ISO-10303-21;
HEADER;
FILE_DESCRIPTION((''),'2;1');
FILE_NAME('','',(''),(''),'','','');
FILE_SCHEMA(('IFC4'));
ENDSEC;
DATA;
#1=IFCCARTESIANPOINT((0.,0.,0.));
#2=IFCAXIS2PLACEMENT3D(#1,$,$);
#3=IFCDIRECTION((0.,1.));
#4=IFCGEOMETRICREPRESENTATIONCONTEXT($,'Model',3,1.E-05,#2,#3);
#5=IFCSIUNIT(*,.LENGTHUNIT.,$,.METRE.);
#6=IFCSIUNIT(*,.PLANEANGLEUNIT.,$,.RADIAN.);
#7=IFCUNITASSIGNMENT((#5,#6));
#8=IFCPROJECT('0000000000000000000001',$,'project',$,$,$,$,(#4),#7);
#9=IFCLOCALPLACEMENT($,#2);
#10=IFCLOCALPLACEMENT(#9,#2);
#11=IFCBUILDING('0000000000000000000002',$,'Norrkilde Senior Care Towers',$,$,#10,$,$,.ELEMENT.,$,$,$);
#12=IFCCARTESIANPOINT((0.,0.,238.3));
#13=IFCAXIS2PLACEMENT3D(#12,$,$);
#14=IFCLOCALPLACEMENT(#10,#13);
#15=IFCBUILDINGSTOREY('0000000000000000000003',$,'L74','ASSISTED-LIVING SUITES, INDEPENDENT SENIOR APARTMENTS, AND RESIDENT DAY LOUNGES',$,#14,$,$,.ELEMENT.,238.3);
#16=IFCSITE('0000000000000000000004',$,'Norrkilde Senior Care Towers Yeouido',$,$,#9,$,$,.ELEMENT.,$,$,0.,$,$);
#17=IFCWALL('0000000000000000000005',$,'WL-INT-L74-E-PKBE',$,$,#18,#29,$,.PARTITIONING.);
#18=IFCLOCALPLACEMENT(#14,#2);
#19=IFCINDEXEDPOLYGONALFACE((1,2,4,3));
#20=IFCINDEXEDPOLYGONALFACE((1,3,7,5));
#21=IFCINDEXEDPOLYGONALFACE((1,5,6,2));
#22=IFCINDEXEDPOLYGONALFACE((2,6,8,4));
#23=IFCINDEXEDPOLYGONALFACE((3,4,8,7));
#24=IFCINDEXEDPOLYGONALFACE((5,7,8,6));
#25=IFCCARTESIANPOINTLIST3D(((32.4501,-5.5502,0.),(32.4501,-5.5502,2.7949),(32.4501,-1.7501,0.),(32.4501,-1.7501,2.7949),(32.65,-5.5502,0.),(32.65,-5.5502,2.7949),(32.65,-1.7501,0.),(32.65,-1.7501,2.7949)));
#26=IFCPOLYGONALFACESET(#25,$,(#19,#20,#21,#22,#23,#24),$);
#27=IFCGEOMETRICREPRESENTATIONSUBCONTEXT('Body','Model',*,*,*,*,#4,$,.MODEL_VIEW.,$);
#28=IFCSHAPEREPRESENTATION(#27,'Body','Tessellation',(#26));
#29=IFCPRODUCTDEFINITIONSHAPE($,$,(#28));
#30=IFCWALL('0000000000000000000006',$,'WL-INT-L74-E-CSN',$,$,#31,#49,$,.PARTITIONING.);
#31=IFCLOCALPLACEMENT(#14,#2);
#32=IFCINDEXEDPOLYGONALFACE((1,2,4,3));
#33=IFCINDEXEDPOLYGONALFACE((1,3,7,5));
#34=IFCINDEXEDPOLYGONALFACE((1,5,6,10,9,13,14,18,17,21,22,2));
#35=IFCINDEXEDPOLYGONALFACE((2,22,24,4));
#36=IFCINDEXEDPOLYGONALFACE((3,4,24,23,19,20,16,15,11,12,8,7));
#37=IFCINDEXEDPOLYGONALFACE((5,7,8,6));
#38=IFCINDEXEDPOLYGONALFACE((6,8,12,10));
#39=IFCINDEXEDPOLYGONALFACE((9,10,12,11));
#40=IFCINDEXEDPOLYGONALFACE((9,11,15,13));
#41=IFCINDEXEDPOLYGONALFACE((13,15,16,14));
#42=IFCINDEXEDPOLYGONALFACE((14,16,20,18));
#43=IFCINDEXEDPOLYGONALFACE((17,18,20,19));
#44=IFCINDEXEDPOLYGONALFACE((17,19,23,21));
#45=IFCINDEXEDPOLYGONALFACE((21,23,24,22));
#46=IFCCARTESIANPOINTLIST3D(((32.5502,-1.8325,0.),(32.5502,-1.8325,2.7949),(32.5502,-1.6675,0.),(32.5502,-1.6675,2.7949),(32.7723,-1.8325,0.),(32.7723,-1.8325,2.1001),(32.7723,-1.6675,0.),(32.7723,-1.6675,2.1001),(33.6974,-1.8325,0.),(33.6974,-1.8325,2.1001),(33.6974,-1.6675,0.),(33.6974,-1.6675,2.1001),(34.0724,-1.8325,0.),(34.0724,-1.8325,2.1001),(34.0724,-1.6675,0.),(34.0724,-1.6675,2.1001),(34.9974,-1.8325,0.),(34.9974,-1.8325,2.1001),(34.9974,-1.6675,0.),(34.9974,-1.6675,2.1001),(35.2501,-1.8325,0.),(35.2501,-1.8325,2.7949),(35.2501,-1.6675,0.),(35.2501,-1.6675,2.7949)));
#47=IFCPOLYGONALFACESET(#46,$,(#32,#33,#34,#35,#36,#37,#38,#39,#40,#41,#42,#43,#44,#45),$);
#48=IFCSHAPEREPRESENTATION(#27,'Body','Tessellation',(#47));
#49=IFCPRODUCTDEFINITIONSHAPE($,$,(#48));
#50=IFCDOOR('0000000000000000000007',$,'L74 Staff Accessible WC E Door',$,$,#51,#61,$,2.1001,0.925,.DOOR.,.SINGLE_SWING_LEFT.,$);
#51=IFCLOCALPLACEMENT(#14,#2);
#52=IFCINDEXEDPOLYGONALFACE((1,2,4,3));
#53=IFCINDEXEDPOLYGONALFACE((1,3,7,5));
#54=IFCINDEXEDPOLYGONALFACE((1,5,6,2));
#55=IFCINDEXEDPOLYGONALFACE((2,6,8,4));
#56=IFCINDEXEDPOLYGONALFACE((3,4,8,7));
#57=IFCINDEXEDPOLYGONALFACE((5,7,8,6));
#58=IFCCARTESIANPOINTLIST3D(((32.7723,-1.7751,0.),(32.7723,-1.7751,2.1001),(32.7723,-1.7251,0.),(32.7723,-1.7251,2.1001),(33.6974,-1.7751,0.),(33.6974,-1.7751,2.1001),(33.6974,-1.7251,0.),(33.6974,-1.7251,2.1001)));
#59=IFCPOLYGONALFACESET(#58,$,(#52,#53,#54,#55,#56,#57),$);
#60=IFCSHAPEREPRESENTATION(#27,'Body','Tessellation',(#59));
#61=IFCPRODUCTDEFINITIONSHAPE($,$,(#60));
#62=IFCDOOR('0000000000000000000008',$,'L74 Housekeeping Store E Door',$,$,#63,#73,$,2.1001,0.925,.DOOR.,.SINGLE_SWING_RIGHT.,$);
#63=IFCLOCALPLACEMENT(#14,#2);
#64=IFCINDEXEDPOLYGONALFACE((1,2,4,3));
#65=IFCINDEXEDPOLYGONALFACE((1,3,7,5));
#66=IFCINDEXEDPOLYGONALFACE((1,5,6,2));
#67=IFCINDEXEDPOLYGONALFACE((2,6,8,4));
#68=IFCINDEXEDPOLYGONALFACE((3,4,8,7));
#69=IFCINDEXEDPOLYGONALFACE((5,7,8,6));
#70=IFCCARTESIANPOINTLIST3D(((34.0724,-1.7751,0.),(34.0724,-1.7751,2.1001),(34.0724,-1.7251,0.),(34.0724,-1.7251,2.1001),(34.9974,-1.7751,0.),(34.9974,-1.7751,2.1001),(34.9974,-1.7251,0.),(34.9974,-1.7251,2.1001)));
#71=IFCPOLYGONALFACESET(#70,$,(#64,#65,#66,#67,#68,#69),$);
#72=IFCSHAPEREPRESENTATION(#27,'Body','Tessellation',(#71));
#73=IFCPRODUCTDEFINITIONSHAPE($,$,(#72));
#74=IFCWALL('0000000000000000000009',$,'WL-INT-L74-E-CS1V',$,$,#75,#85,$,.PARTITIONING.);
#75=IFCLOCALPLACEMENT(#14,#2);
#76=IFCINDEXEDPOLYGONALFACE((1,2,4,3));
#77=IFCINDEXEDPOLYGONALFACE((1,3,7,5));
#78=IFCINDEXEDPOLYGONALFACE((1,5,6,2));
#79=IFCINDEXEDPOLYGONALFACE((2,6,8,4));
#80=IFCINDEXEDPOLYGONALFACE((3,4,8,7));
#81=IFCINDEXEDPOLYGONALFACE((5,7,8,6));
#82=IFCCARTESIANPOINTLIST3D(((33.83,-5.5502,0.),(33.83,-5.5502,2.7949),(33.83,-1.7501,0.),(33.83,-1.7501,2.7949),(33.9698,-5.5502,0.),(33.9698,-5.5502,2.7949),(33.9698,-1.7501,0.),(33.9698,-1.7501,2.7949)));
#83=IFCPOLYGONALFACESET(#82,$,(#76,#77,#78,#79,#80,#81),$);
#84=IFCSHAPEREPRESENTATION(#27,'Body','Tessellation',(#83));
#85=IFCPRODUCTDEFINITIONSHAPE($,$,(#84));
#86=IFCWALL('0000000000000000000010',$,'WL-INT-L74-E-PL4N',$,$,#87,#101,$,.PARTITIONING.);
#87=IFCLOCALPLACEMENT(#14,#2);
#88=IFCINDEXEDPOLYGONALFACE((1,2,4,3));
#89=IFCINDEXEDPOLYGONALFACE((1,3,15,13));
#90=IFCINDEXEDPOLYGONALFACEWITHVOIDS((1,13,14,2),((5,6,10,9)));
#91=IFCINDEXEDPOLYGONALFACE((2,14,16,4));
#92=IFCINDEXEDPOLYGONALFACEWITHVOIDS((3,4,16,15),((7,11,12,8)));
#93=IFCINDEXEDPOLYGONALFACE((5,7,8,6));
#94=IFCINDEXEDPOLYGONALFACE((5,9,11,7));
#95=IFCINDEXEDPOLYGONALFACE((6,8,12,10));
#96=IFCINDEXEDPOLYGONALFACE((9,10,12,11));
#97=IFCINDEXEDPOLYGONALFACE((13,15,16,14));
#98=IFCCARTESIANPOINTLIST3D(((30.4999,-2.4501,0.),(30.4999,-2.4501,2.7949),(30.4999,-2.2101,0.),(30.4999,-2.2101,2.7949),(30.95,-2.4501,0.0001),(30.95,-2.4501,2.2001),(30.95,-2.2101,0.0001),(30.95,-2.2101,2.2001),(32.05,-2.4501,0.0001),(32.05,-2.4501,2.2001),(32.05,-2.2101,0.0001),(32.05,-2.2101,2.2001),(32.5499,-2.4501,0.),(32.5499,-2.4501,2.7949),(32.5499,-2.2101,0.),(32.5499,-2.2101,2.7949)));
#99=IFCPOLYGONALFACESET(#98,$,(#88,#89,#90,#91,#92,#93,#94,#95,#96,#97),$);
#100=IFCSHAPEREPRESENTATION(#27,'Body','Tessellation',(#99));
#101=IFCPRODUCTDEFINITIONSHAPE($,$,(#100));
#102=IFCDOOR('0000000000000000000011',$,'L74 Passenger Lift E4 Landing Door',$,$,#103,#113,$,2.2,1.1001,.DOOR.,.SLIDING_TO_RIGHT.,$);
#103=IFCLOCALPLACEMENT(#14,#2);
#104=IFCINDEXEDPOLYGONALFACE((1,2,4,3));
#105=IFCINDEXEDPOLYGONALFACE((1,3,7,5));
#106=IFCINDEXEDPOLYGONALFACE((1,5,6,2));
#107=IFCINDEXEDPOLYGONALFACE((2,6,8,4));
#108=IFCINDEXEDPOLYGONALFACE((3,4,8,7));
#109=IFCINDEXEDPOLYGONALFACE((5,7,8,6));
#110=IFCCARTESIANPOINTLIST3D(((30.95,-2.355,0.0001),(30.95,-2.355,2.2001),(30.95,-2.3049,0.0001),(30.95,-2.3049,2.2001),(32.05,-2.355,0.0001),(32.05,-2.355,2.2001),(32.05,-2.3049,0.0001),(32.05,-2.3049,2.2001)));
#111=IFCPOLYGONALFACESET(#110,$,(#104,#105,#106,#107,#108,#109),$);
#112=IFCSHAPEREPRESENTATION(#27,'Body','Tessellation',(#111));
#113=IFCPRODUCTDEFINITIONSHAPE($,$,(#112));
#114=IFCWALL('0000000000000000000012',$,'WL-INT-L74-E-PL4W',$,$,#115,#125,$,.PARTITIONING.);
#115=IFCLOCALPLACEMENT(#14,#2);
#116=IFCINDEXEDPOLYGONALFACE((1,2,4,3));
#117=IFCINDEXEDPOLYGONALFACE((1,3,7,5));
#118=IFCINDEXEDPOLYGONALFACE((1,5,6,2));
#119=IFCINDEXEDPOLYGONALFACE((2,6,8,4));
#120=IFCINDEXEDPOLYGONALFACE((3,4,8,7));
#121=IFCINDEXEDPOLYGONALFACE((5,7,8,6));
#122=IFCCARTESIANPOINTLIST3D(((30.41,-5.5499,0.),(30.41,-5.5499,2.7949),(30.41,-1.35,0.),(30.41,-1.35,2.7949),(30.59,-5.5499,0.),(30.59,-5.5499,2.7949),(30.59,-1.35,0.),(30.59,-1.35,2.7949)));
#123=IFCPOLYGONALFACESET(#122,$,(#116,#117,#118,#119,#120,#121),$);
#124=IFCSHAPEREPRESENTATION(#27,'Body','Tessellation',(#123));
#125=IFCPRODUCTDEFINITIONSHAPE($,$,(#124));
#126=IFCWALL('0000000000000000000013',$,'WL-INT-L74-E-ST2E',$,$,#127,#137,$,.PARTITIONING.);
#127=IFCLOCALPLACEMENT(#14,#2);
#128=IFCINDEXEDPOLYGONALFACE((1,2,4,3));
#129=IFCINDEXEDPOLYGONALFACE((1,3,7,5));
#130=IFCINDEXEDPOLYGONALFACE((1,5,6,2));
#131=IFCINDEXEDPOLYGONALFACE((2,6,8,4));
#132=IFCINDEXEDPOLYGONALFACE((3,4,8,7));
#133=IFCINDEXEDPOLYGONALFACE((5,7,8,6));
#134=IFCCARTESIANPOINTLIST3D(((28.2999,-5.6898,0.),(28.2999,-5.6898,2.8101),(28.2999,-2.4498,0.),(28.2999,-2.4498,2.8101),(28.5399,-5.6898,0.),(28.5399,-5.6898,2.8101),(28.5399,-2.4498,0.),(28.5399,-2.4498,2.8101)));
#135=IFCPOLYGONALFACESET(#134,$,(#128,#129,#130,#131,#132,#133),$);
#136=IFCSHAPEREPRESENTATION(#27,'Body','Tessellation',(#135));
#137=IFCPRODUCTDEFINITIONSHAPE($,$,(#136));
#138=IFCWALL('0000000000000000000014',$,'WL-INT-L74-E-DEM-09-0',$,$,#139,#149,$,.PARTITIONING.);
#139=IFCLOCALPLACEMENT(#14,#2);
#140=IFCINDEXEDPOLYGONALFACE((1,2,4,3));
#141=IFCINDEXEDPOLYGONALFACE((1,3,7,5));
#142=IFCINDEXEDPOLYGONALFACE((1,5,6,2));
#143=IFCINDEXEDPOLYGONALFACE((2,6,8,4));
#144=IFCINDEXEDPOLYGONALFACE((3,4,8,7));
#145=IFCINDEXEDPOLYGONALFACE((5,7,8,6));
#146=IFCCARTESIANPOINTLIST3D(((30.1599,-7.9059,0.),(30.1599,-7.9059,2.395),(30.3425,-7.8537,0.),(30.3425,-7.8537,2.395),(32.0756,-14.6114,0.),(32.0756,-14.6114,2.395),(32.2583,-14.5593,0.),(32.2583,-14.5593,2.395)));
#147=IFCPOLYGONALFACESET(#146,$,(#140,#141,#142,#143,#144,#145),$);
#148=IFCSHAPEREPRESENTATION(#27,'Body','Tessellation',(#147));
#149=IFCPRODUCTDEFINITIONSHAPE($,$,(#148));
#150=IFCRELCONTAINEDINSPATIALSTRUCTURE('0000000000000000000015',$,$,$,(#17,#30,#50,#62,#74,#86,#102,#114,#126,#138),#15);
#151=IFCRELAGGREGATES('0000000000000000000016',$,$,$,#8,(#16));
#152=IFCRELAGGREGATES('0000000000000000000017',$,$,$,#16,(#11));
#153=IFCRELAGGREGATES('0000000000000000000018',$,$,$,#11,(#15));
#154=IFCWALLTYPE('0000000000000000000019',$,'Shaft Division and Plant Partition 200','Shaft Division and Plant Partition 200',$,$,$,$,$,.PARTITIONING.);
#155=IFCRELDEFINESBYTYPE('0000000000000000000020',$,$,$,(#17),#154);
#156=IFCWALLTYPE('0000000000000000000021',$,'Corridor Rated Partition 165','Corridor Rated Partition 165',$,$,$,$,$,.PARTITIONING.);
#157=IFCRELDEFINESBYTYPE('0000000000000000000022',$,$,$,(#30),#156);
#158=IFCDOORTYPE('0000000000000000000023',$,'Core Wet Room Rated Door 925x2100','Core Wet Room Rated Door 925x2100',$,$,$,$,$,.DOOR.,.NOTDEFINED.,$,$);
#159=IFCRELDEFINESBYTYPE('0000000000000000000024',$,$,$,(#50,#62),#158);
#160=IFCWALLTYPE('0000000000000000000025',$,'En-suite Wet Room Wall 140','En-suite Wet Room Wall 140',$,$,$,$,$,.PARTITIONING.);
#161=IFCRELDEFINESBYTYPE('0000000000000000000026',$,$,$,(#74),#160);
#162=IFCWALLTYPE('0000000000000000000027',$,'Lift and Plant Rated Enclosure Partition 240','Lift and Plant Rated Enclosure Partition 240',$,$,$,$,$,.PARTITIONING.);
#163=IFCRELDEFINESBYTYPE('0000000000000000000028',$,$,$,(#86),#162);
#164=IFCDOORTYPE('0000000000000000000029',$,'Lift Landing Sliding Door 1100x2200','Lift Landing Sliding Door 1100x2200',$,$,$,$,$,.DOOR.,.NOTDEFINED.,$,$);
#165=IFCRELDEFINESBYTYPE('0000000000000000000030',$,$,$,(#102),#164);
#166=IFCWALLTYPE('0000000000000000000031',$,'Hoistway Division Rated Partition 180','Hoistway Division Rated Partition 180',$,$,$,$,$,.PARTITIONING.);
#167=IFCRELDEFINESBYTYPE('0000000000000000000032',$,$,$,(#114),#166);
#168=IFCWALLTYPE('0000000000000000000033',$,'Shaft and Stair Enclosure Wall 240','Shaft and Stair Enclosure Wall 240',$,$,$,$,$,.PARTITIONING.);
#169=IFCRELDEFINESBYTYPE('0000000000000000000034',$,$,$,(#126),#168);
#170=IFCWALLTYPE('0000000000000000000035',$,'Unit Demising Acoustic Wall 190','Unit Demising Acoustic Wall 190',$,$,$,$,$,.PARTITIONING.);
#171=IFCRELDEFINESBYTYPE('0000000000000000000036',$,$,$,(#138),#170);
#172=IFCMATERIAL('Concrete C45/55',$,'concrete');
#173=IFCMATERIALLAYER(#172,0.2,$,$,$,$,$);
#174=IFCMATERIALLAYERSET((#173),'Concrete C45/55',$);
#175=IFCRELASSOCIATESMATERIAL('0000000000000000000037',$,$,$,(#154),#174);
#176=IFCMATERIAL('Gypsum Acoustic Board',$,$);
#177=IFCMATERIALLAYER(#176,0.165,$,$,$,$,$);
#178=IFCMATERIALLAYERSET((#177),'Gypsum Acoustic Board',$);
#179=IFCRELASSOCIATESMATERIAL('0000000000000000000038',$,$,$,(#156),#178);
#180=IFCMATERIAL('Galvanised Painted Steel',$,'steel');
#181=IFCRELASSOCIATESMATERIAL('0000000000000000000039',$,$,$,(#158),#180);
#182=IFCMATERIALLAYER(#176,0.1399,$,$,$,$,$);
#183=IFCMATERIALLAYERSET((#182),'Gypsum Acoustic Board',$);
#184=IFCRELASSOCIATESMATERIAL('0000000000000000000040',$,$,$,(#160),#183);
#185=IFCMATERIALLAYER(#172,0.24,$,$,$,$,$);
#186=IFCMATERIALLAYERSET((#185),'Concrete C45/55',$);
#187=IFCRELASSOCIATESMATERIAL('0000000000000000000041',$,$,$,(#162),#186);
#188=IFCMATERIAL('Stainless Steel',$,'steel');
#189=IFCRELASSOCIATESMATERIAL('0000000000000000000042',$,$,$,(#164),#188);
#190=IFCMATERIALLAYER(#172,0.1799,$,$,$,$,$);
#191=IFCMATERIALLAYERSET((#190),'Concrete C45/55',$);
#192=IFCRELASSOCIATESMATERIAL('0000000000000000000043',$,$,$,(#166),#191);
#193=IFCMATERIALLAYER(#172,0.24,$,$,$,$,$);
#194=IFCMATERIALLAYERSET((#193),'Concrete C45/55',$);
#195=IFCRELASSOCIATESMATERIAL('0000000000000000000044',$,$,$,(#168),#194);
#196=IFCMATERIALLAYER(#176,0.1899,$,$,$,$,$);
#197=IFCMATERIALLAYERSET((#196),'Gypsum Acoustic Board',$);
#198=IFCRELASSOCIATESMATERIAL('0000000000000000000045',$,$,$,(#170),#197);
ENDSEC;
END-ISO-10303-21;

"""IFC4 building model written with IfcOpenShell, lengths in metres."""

from ifc_helpers import new_model, si_unit, direction, frame, frame_2d, origin, place, context, subcontext, project, spatial, rectangle, extrude, source, transform, mapped, material, layer, layer_set, type_object, type_shapes, element, fill, save


model = new_model("IFC4")

# Units and contexts
model_context = context("Model", 3, precision=1e-05, world=origin(), true_north=direction((0.0, 1.0)))
body_context = subcontext(model_context, "Body", "Model", "MODEL_VIEW")
ifc_project = project(units=[si_unit("LENGTHUNIT", "METRE"), si_unit("PLANEANGLEUNIT", "RADIAN")], contexts=[model_context])

# Site, building, storey
site_placement = place(None, origin())
site = spatial("IfcSite", under=ifc_project, at=site_placement, Name="Norrkilde Senior Care Towers Yeouido", CompositionType="ELEMENT", RefElevation=0.0)
building_placement = place(site_placement, origin())
building = spatial("IfcBuilding", under=site, at=building_placement, Name="Norrkilde Senior Care Towers", CompositionType="ELEMENT")
storey_placement = place(building_placement, frame((0.0, 0.0, 238.3)))
storey = spatial("IfcBuildingStorey", under=building, at=storey_placement, Name="L74", Description="ASSISTED-LIVING SUITES, INDEPENDENT SENIOR APARTMENTS, AND RESIDENT DAY LOUNGES", CompositionType="ELEMENT", Elevation=238.3)

# Wall
ifc_material_1 = material(Name="Concrete C45/55", Category="concrete")
ifc_layer_1 = layer(ifc_material_1, 0.2)
ifc_layer_set_1 = layer_set([ifc_layer_1], Name="Concrete C45/55")
wall_type_1 = type_object("IfcWallType", Name="Shaft Division and Plant Partition 200", Description="Shaft Division and Plant Partition 200", PredefinedType="PARTITIONING", material=ifc_layer_set_1)
shared_shape_1 = source(origin(), body_context, "Body", "SweptSolid", [
    extrude(rectangle(XDim=3.8, YDim=0.2, at=frame_2d((1.8999, 0.0))), origin(), (0.0, 0.0, 1.0), 2.7949),
])
type_shapes(wall_type_1, [shared_shape_1])
wall_1_placement = place(storey_placement, frame((32.55, -5.55, 0.0), z_axis=(0.0, 0.0, 1.0), x_axis=(0.0, 1.0, 0.0)))
element("IfcWall", 1, at=wall_1_placement, inside=storey, type_object=wall_type_1, Name="WL-INT-L74-E-PKBE", PredefinedType="PARTITIONING", context=body_context, shape_type="MappedRepresentation", body=[
    mapped(shared_shape_1, transform((0.0, 0.0, 0.0), x_axis=(1.0, 0.0, 0.0), y_axis=(0.0, 1.0, 0.0), z_axis=(0.0, 0.0, 1.0), scale=1.0)),
])

# Wall, openings, doors
ifc_material_2 = material(Name="Gypsum Acoustic Board")
ifc_layer_2 = layer(ifc_material_2, 0.165)
ifc_layer_set_2 = layer_set([ifc_layer_2], Name="Gypsum Acoustic Board")
wall_type_2 = type_object("IfcWallType", Name="Corridor Rated Partition 165", Description="Corridor Rated Partition 165", PredefinedType="PARTITIONING", material=ifc_layer_set_2)
shared_shape_2 = source(origin(), body_context, "Body", "SweptSolid", [
    extrude(rectangle(XDim=2.7, YDim=0.165, at=frame_2d((1.3501, 0.0))), origin(), (0.0, 0.0, 1.0), 2.7949),
])
type_shapes(wall_type_2, [shared_shape_2])
wall_2_placement = place(storey_placement, frame((32.55, -1.75, 0.0), z_axis=(0.0, 0.0, 1.0), x_axis=(1.0, 0.0, 0.0)))
wall_2 = element("IfcWall", 2, at=wall_2_placement, inside=storey, type_object=wall_type_2, Name="WL-INT-L74-E-CSN", PredefinedType="PARTITIONING", context=body_context, shape_type="MappedRepresentation", body=[
    mapped(shared_shape_2, transform((0.0, 0.0, 0.0), x_axis=(1.0, 0.0, 0.0), y_axis=(0.0, 1.0, 0.0), z_axis=(0.0, 0.0, 1.0), scale=1.0)),
])
opening_1_placement = place(wall_2_placement, frame((0.2224, 0.0, 0.0)))
opening_1 = element("IfcOpeningElement", 3, at=opening_1_placement, cuts=wall_2, PredefinedType="OPENING", context=body_context, shape_type="SweptSolid", body=[
    extrude(rectangle(XDim=0.925, YDim=2.1001, at=frame_2d((0.4624, 1.05))), frame((0.0, 0.0925, 0.0), z_axis=(0.0, -1.0, 0.0), x_axis=(1.0, 0.0, 0.0)), (0.0, 0.0, 1.0), 0.1851),
])
opening_2_placement = place(wall_2_placement, frame((1.5225, 0.0, 0.0)))
opening_2 = element("IfcOpeningElement", 4, at=opening_2_placement, cuts=wall_2, PredefinedType="OPENING", context=body_context, shape_type="SweptSolid", body=[
    extrude(rectangle(XDim=0.925, YDim=2.1001, at=frame_2d((0.4624, 1.05))), frame((0.0, 0.0925, 0.0), z_axis=(0.0, -1.0, 0.0), x_axis=(1.0, 0.0, 0.0)), (0.0, 0.0, 1.0), 0.1851),
])
ifc_material_3 = material(Name="Galvanised Painted Steel", Category="steel")
door_type_1 = type_object("IfcDoorType", Name="Core Wet Room Rated Door 925x2100", Description="Core Wet Room Rated Door 925x2100", OperationType="NOTDEFINED", PredefinedType="DOOR", material=ifc_material_3)
shared_shape_3 = source(origin(), body_context, "Body", "SweptSolid", [
    extrude(rectangle(XDim=0.925, YDim=2.1001, at=frame_2d((0.4624, 1.05))), frame((0.0, 0.0249, 0.0), z_axis=(0.0, -1.0, 0.0), x_axis=(1.0, 0.0, 0.0)), (0.0, 0.0, 1.0), 0.05),
])
type_shapes(door_type_1, [shared_shape_3])
door_1_placement = place(opening_1_placement, origin())
door_1 = element("IfcDoor", 5, at=door_1_placement, inside=storey, type_object=door_type_1, Name="L74 Staff Accessible WC E Door", OperationType="SINGLE_SWING_LEFT", OverallHeight=2.1001, OverallWidth=0.925, PredefinedType="DOOR", context=body_context, shape_type="MappedRepresentation", body=[
    mapped(shared_shape_3, transform((0.0, 0.0, 0.0), x_axis=(1.0, 0.0, 0.0), y_axis=(0.0, 1.0, 0.0), z_axis=(0.0, 0.0, 1.0), scale=1.0)),
])
fill(opening_1, door_1)
door_2_placement = place(opening_2_placement, origin())
door_2 = element("IfcDoor", 6, at=door_2_placement, inside=storey, type_object=door_type_1, Name="L74 Housekeeping Store E Door", OperationType="SINGLE_SWING_RIGHT", OverallHeight=2.1001, OverallWidth=0.925, PredefinedType="DOOR", context=body_context, shape_type="MappedRepresentation", body=[
    mapped(shared_shape_3, transform((0.0, 0.0, 0.0), x_axis=(1.0, 0.0, 0.0), y_axis=(0.0, 1.0, 0.0), z_axis=(0.0, 0.0, 1.0), scale=1.0)),
])
fill(opening_2, door_2)

# Wall
ifc_layer_3 = layer(ifc_material_2, 0.1399)
ifc_layer_set_3 = layer_set([ifc_layer_3], Name="Gypsum Acoustic Board")
wall_type_3 = type_object("IfcWallType", Name="En-suite Wet Room Wall 140", Description="En-suite Wet Room Wall 140", PredefinedType="PARTITIONING", material=ifc_layer_set_3)
shared_shape_4 = source(origin(), body_context, "Body", "SweptSolid", [
    extrude(rectangle(XDim=3.8, YDim=0.1399, at=frame_2d((1.8999, 0.0))), origin(), (0.0, 0.0, 1.0), 2.7949),
])
wall_3_placement = place(storey_placement, frame((33.8999, -5.55, 0.0), z_axis=(0.0, 0.0, 1.0), x_axis=(0.0, 1.0, 0.0)))
element("IfcWall", 7, at=wall_3_placement, inside=storey, type_object=wall_type_3, Name="WL-INT-L74-E-CS1V", PredefinedType="PARTITIONING", context=body_context, shape_type="MappedRepresentation", body=[
    mapped(shared_shape_4, transform((0.0, 0.0, 0.0), x_axis=(1.0, 0.0, 0.0), y_axis=(0.0, 1.0, 0.0), z_axis=(0.0, 0.0, 1.0), scale=1.0)),
])

# Wall, opening, door
ifc_layer_4 = layer(ifc_material_1, 0.24)
ifc_layer_set_4 = layer_set([ifc_layer_4], Name="Concrete C45/55")
wall_type_4 = type_object("IfcWallType", Name="Lift and Plant Rated Enclosure Partition 240", Description="Lift and Plant Rated Enclosure Partition 240", PredefinedType="PARTITIONING", material=ifc_layer_set_4)
shared_shape_5 = source(origin(), body_context, "Body", "SweptSolid", [
    extrude(rectangle(XDim=2.05, YDim=0.24, at=frame_2d((1.0249, 0.0))), origin(), (0.0, 0.0, 1.0), 2.7949),
])
type_shapes(wall_type_4, [shared_shape_5])
wall_4_placement = place(storey_placement, frame((30.5, -2.3301, 0.0), z_axis=(0.0, 0.0, 1.0), x_axis=(1.0, 0.0, 0.0)))
wall_4 = element("IfcWall", 8, at=wall_4_placement, inside=storey, type_object=wall_type_4, Name="WL-INT-L74-E-PL4N", PredefinedType="PARTITIONING", context=body_context, shape_type="MappedRepresentation", body=[
    mapped(shared_shape_5, transform((0.0, 0.0, 0.0), x_axis=(1.0, 0.0, 0.0), y_axis=(0.0, 1.0, 0.0), z_axis=(0.0, 0.0, 1.0), scale=1.0)),
])
opening_3_placement = place(wall_4_placement, frame((0.45, 0.0, 0.0)))
opening_3 = element("IfcOpeningElement", 9, at=opening_3_placement, cuts=wall_4, PredefinedType="OPENING", context=body_context, shape_type="SweptSolid", body=[
    extrude(rectangle(XDim=1.1001, YDim=2.2, at=frame_2d((0.55, 1.1001))), frame((0.0, 0.1299, 0.0), z_axis=(0.0, -1.0, 0.0), x_axis=(1.0, 0.0, 0.0)), (0.0, 0.0, 1.0), 0.26),
])
ifc_material_4 = material(Name="Stainless Steel", Category="steel")
door_type_2 = type_object("IfcDoorType", Name="Lift Landing Sliding Door 1100x2200", Description="Lift Landing Sliding Door 1100x2200", OperationType="NOTDEFINED", PredefinedType="DOOR", material=ifc_material_4)
shared_shape_6 = source(origin(), body_context, "Body", "SweptSolid", [
    extrude(rectangle(XDim=1.1001, YDim=2.2, at=frame_2d((0.55, 1.1001))), frame((0.0, 0.0249, 0.0), z_axis=(0.0, -1.0, 0.0), x_axis=(1.0, 0.0, 0.0)), (0.0, 0.0, 1.0), 0.05),
])
type_shapes(door_type_2, [shared_shape_6])
door_3_placement = place(opening_3_placement, frame((1.1001, 0.0, 0.0), z_axis=(0.0, 0.0, 1.0), x_axis=(-1.0, 0.0, 0.0)))
door_3 = element("IfcDoor", 10, at=door_3_placement, inside=storey, type_object=door_type_2, Name="L74 Passenger Lift E4 Landing Door", OperationType="SLIDING_TO_RIGHT", OverallHeight=2.2, OverallWidth=1.1001, PredefinedType="DOOR", context=body_context, shape_type="MappedRepresentation", body=[
    mapped(shared_shape_6, transform((0.0, 0.0, 0.0), x_axis=(1.0, 0.0, 0.0), y_axis=(0.0, 1.0, 0.0), z_axis=(0.0, 0.0, 1.0), scale=1.0)),
])
fill(opening_3, door_3)

# Walls
ifc_layer_5 = layer(ifc_material_1, 0.1799)
ifc_layer_set_5 = layer_set([ifc_layer_5], Name="Concrete C45/55")
wall_type_5 = type_object("IfcWallType", Name="Hoistway Division Rated Partition 180", Description="Hoistway Division Rated Partition 180", PredefinedType="PARTITIONING", material=ifc_layer_set_5)
shared_shape_7 = source(origin(), body_context, "Body", "SweptSolid", [
    extrude(rectangle(XDim=4.2, YDim=0.1799, at=frame_2d((2.1001, 0.0))), origin(), (0.0, 0.0, 1.0), 2.7949),
])
type_shapes(wall_type_5, [shared_shape_7])
wall_5_placement = place(storey_placement, frame((30.5, -5.55, 0.0), z_axis=(0.0, 0.0, 1.0), x_axis=(0.0, 1.0, 0.0)))
element("IfcWall", 11, at=wall_5_placement, inside=storey, type_object=wall_type_5, Name="WL-INT-L74-E-PL4W", PredefinedType="PARTITIONING", context=body_context, shape_type="MappedRepresentation", body=[
    mapped(shared_shape_7, transform((0.0, 0.0, 0.0), x_axis=(1.0, 0.0, 0.0), y_axis=(0.0, 1.0, 0.0), z_axis=(0.0, 0.0, 1.0), scale=1.0)),
])
ifc_layer_6 = layer(ifc_material_1, 0.24)
ifc_layer_set_6 = layer_set([ifc_layer_6], Name="Concrete C45/55")
wall_type_6 = type_object("IfcWallType", Name="Shaft and Stair Enclosure Wall 240", Description="Shaft and Stair Enclosure Wall 240", PredefinedType="PARTITIONING", material=ifc_layer_set_6)
shared_shape_8 = source(origin(), body_context, "Body", "SweptSolid", [
    extrude(rectangle(XDim=3.24, YDim=0.24, at=frame_2d((1.6201, 0.0))), origin(), (0.0, 0.0, 1.0), 2.8101),
])
type_shapes(wall_type_6, [shared_shape_8])
wall_6_placement = place(storey_placement, frame((28.4199, -5.6899, 0.0), z_axis=(0.0, 0.0, 1.0), x_axis=(0.0, 1.0, 0.0)))
element("IfcWall", 12, at=wall_6_placement, inside=storey, type_object=wall_type_6, Name="WL-INT-L74-E-ST2E", PredefinedType="PARTITIONING", context=body_context, shape_type="MappedRepresentation", body=[
    mapped(shared_shape_8, transform((0.0, 0.0, 0.0), x_axis=(1.0, 0.0, 0.0), y_axis=(0.0, 1.0, 0.0), z_axis=(0.0, 0.0, 1.0), scale=1.0)),
])
ifc_layer_7 = layer(ifc_material_2, 0.1899)
ifc_layer_set_7 = layer_set([ifc_layer_7], Name="Gypsum Acoustic Board")
wall_type_7 = type_object("IfcWallType", Name="Unit Demising Acoustic Wall 190", Description="Unit Demising Acoustic Wall 190", PredefinedType="PARTITIONING", material=ifc_layer_set_7)
shared_shape_9 = source(origin(), body_context, "Body", "SweptSolid", [
    extrude(rectangle(XDim=6.9739, YDim=0.1899, at=frame_2d((3.4868, 0.0))), origin(), (0.0, 0.0, 1.0), 2.395),
])
type_shapes(wall_type_7, [shared_shape_9])
wall_7_placement = place(storey_placement, frame((30.2512, -7.8799, 0.0), z_axis=(0.0, 0.0, 1.0), x_axis=(0.274707, -0.961528, 0.0)))
element("IfcWall", 13, at=wall_7_placement, inside=storey, type_object=wall_type_7, Name="WL-INT-L74-E-DEM-09-0", PredefinedType="PARTITIONING", context=body_context, shape_type="MappedRepresentation", body=[
    mapped(shared_shape_9, transform((0.0, 0.0, 0.0), x_axis=(1.0, 0.0, 0.0), y_axis=(0.0, 1.0, 0.0), z_axis=(0.0, 0.0, 1.0), scale=1.0)),
])

save(model, "model.ifc")
